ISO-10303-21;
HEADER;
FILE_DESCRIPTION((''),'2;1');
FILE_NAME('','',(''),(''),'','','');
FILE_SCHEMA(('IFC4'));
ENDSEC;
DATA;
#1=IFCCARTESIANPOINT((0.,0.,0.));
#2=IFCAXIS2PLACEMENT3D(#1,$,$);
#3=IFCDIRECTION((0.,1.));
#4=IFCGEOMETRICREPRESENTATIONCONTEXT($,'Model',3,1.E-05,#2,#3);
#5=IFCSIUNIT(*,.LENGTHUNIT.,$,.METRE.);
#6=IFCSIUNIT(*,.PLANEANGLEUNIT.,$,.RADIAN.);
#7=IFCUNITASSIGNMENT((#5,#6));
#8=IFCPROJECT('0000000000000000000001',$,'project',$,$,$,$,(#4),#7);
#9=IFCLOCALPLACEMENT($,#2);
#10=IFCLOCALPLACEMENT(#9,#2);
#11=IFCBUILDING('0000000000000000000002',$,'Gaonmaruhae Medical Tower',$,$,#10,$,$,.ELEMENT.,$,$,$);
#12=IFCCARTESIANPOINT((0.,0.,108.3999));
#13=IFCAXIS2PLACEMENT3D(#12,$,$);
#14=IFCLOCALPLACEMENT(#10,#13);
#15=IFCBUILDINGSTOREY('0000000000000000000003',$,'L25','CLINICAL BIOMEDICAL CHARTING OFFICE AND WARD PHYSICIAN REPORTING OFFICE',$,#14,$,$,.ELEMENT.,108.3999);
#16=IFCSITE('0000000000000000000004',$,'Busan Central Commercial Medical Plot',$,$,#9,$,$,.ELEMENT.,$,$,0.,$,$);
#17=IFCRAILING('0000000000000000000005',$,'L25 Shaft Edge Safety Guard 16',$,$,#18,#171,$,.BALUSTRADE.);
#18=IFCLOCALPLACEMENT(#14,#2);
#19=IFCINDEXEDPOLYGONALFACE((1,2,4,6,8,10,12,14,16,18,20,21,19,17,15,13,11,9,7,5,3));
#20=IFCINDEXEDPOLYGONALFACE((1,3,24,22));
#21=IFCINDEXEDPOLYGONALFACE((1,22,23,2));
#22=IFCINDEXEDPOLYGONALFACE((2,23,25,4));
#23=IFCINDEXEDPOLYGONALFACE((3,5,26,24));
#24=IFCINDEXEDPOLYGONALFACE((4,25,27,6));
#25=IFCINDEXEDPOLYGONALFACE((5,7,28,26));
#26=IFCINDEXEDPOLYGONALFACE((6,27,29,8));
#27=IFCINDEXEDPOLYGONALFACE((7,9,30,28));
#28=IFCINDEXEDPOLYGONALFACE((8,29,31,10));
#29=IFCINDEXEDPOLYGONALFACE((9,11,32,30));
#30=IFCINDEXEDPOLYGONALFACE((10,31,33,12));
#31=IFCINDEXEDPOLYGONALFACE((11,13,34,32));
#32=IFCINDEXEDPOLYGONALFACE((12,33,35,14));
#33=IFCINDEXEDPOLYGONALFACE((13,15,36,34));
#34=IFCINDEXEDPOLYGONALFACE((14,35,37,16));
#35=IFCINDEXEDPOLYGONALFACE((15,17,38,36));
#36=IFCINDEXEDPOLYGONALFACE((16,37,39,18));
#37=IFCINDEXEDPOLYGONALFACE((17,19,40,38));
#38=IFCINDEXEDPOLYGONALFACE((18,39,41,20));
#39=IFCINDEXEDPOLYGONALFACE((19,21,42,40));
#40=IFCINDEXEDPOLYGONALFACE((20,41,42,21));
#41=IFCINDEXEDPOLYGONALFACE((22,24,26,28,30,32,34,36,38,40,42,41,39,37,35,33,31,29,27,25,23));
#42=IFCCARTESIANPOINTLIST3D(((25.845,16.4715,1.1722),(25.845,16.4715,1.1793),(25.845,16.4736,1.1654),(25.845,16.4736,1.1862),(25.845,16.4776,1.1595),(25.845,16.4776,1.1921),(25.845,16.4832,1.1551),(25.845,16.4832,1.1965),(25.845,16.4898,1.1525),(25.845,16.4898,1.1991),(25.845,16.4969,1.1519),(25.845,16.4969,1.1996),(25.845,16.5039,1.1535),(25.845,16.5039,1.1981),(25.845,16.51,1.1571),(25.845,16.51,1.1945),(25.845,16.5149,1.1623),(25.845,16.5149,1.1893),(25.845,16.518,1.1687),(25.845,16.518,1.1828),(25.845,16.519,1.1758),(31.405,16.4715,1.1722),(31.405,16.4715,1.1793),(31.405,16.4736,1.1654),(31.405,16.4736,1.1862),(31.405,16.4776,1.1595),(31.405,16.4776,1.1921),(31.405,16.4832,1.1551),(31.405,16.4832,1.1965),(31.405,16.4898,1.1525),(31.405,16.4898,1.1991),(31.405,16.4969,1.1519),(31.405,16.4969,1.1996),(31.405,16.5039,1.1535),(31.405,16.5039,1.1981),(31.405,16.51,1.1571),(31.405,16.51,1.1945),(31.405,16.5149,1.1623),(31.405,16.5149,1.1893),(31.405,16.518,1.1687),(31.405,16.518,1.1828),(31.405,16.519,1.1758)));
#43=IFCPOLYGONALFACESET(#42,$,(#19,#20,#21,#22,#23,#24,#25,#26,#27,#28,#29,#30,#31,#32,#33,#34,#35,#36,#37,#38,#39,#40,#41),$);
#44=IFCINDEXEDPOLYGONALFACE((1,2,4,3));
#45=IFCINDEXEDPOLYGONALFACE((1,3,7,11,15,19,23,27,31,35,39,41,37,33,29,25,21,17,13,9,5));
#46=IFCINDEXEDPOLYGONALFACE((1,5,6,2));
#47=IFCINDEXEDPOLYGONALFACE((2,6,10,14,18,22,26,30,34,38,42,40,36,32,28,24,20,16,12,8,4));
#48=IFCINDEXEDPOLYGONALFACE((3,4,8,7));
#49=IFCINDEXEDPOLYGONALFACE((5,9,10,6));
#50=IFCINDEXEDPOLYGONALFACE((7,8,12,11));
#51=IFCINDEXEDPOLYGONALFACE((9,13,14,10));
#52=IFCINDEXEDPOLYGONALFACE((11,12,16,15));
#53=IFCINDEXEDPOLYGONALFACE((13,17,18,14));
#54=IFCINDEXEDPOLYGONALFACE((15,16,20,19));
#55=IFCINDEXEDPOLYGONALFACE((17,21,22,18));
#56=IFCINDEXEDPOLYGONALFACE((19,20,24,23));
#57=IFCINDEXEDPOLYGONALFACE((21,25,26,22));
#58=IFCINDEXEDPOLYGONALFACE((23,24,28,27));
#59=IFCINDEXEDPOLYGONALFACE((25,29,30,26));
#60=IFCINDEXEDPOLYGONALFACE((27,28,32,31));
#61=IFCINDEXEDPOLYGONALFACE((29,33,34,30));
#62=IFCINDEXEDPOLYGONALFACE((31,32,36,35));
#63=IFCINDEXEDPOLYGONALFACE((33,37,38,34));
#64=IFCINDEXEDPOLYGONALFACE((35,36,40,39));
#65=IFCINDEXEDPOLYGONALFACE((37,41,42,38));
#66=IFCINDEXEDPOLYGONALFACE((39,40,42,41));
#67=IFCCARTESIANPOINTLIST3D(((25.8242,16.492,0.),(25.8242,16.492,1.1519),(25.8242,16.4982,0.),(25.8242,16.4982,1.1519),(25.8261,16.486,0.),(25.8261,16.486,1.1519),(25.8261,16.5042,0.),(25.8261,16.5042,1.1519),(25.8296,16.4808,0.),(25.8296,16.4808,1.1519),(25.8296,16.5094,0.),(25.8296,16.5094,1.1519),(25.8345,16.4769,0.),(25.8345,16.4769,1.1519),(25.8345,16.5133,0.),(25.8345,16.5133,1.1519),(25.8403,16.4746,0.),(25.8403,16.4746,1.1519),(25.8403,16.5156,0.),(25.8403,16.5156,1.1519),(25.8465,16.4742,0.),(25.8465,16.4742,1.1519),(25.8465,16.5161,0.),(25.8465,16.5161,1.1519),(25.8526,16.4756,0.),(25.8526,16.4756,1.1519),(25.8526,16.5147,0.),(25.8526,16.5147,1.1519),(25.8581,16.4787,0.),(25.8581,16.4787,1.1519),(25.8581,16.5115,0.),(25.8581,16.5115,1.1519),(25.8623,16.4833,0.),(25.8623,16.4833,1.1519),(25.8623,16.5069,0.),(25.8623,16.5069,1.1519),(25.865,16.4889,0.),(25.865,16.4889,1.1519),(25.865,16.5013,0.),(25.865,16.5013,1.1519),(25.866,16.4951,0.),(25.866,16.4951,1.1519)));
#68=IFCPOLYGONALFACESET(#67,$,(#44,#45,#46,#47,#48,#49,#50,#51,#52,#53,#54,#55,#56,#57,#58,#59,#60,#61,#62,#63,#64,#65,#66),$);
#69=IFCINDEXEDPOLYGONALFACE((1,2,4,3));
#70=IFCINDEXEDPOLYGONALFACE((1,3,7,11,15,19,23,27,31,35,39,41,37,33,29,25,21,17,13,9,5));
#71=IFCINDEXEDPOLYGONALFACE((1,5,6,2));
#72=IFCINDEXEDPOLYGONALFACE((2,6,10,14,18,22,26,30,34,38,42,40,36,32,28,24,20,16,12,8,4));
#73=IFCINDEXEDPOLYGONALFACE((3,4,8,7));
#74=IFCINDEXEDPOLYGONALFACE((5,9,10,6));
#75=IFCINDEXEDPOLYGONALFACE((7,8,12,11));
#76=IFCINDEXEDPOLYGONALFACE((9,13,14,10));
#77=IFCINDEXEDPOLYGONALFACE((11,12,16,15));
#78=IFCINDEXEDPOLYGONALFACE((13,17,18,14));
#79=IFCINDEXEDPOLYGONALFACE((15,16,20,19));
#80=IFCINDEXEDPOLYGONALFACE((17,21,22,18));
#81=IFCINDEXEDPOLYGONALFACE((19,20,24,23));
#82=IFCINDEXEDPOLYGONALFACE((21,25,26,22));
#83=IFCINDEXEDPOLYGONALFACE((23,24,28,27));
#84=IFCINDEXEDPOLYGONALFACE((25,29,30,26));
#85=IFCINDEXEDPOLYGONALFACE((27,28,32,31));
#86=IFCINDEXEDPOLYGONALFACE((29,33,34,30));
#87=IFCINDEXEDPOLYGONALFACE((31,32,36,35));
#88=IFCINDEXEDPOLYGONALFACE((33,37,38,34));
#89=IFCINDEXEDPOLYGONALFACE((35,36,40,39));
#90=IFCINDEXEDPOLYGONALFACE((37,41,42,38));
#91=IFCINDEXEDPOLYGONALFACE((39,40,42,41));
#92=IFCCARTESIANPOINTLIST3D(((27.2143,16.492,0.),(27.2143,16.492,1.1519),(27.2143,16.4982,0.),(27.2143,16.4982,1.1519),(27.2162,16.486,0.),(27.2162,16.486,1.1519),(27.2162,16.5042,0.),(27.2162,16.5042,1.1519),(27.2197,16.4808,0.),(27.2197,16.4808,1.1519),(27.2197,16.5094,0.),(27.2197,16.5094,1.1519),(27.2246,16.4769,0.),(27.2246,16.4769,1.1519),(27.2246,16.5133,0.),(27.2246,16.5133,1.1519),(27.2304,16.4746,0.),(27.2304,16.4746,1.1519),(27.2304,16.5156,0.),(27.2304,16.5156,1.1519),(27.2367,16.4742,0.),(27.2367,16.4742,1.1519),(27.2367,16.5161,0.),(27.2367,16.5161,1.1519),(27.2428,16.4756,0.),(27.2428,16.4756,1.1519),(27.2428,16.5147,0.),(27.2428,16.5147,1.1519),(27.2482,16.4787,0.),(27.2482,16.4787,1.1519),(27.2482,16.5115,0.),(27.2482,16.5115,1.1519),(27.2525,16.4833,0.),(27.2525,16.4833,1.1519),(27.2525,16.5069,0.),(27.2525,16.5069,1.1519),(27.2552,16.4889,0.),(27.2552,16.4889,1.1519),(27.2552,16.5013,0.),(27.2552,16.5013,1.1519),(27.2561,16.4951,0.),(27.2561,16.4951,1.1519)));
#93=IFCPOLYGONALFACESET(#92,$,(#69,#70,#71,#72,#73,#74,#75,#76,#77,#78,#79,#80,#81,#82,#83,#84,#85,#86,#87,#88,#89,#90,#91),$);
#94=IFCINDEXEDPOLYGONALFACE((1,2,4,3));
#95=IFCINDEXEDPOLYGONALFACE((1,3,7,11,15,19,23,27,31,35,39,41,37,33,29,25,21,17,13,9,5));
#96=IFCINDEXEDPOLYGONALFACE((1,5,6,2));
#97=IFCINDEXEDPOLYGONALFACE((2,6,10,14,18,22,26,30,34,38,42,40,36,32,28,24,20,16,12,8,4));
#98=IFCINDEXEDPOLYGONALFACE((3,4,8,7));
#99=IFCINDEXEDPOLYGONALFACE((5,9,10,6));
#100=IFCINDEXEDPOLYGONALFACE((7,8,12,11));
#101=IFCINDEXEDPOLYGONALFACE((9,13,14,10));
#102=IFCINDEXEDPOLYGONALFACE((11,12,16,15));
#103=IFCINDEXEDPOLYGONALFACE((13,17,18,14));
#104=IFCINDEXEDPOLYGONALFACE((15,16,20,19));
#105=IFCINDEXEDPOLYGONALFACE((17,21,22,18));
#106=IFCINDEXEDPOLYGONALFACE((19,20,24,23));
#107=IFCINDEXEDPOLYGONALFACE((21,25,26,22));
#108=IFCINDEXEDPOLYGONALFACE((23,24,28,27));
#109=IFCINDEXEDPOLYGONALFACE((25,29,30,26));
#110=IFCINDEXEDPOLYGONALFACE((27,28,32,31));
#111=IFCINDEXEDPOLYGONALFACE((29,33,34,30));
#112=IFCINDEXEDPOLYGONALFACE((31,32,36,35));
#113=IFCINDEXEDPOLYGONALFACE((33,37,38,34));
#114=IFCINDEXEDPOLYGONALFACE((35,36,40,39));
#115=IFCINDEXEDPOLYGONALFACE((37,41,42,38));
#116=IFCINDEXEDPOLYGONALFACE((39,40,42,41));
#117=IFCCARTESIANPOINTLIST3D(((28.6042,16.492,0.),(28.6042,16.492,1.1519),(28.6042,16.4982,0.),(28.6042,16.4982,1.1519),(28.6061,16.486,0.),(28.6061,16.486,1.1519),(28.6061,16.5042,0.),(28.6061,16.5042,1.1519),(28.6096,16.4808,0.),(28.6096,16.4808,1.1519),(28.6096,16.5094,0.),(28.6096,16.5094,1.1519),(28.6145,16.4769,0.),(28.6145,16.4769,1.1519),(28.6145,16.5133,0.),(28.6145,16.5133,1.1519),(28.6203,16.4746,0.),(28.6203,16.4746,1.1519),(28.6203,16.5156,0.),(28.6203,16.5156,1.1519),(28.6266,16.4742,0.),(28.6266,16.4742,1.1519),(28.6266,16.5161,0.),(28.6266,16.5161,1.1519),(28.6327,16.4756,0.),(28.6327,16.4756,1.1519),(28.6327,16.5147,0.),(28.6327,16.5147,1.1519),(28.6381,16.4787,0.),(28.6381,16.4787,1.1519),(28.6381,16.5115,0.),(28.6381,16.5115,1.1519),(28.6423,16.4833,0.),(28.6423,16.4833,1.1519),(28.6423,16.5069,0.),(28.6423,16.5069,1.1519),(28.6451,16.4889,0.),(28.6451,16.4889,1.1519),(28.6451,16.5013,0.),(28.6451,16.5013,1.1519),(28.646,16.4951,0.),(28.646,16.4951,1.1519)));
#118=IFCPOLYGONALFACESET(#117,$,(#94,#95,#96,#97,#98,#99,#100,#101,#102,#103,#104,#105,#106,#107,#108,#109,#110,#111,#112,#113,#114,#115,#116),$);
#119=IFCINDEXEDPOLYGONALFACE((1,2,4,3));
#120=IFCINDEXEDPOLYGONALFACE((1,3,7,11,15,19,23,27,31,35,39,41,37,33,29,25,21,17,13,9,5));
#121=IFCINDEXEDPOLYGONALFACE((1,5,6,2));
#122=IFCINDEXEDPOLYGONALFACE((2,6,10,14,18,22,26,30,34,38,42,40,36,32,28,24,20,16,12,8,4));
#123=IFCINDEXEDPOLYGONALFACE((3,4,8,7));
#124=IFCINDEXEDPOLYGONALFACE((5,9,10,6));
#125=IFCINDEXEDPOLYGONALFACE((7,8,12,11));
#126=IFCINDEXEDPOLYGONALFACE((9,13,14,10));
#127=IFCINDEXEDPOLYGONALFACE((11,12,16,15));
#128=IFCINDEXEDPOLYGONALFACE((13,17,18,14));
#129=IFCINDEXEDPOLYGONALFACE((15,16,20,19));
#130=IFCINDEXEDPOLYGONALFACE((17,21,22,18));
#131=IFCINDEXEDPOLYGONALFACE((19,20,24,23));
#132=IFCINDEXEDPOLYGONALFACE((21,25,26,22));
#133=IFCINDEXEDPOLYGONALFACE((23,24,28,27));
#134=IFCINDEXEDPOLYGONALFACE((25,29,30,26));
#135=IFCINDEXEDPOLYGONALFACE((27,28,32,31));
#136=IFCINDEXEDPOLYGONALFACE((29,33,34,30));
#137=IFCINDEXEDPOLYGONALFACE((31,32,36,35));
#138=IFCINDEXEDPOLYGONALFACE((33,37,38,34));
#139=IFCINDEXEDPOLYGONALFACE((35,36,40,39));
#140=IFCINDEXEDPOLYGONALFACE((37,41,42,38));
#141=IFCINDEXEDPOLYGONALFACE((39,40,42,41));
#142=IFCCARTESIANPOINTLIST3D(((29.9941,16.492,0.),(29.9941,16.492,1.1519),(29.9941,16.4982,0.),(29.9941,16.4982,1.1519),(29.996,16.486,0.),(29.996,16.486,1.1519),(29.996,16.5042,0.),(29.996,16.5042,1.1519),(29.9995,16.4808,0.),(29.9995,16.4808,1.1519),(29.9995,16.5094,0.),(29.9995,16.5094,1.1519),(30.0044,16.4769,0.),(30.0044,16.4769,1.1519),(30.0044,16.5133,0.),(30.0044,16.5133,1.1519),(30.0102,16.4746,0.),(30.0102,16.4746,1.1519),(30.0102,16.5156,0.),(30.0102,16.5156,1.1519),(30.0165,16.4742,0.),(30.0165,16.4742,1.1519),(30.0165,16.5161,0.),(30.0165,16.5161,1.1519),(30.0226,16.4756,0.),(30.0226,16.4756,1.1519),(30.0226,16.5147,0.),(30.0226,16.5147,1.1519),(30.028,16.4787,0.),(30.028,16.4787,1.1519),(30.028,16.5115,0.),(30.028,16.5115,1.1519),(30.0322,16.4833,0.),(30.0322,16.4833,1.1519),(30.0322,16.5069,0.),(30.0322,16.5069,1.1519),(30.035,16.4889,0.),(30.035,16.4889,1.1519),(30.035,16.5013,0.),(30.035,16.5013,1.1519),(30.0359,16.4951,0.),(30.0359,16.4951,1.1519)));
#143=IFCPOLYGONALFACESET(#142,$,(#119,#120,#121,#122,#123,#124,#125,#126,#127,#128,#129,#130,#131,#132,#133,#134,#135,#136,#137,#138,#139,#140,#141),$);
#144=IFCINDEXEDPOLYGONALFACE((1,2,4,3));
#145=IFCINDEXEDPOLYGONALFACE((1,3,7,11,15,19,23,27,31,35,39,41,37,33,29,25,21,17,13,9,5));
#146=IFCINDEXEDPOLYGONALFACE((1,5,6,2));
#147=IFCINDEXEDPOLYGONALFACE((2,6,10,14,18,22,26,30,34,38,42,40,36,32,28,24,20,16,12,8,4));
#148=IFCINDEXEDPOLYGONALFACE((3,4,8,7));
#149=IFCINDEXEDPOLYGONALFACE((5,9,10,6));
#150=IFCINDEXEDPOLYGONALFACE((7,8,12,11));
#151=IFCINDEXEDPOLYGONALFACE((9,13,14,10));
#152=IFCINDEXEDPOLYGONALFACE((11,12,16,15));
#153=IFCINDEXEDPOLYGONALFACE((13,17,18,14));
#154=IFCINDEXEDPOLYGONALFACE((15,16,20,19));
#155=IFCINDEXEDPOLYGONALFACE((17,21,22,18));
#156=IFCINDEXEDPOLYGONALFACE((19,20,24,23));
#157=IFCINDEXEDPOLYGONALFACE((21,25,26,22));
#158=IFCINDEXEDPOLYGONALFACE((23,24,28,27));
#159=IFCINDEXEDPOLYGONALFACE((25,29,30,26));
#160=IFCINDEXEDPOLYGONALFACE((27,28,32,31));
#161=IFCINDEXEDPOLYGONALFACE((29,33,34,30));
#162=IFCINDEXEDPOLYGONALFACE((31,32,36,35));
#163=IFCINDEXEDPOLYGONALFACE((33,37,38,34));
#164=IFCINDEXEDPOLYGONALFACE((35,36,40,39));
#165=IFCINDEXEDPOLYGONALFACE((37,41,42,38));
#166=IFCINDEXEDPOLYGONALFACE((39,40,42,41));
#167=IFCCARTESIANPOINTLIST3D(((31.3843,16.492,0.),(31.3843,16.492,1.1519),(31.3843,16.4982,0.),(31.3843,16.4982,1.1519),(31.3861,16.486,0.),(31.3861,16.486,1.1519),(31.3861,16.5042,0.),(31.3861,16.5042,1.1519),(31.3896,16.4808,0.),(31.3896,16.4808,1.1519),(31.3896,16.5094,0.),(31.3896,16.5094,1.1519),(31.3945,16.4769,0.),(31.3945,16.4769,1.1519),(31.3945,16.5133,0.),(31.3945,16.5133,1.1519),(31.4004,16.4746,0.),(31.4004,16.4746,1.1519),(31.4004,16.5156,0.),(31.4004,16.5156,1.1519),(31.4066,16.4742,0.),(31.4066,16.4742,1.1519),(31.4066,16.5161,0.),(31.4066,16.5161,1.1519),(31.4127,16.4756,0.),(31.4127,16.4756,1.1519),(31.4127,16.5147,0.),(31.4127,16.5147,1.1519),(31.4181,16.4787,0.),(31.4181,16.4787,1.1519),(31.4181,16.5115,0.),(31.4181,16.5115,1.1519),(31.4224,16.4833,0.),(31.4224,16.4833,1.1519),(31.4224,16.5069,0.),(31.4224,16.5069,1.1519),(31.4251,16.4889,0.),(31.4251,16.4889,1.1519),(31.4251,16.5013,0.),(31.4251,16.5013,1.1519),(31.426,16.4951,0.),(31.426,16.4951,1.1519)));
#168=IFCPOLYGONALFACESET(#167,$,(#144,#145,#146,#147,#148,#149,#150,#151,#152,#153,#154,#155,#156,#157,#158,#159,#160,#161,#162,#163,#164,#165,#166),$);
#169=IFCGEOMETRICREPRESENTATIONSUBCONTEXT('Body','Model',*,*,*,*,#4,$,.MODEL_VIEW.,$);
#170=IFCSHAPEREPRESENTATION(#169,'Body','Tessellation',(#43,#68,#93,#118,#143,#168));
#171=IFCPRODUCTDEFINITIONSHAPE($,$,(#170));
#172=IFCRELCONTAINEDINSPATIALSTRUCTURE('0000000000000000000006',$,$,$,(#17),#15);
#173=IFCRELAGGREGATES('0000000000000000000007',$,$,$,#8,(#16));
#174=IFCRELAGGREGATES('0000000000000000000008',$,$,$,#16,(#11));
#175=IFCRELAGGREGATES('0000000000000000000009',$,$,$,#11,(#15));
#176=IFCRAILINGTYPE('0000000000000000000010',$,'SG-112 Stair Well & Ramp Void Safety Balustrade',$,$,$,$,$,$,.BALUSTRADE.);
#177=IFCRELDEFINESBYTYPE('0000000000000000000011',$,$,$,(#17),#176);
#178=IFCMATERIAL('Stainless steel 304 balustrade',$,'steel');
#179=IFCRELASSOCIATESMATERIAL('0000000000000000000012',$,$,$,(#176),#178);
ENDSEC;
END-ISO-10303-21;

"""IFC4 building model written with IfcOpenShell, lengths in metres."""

from ifc_helpers import new_model, si_unit, direction, frame, origin, origin_2d, place, context, subcontext, project, spatial, circle, extrude, material, type_object, element, save


model = new_model("IFC4")

# Units and contexts
model_context = context("Model", 3, precision=1e-05, world=origin(), true_north=direction((0.0, 1.0)))
body_context = subcontext(model_context, "Body", "Model", "MODEL_VIEW")
ifc_project = project(units=[si_unit("LENGTHUNIT", "METRE"), si_unit("PLANEANGLEUNIT", "RADIAN")], contexts=[model_context])

# Site, building, storey
site_placement = place(None, origin())
site = spatial("IfcSite", under=ifc_project, at=site_placement, Name="Busan Central Commercial Medical Plot", CompositionType="ELEMENT", RefElevation=0.0)
building_placement = place(site_placement, origin())
building = spatial("IfcBuilding", under=site, at=building_placement, Name="Gaonmaruhae Medical Tower", CompositionType="ELEMENT")
storey_placement = place(building_placement, frame((0.0, 0.0, 108.3999)))
storey = spatial("IfcBuildingStorey", under=building, at=storey_placement, Name="L25", Description="CLINICAL BIOMEDICAL CHARTING OFFICE AND WARD PHYSICIAN REPORTING OFFICE", CompositionType="ELEMENT", Elevation=108.3999)

# Railing
ifc_material_1 = material(Name="Stainless steel 304 balustrade", Category="steel")
railing_type = type_object("IfcRailingType", Name="SG-112 Stair Well & Ramp Void Safety Balustrade", PredefinedType="BALUSTRADE", material=ifc_material_1)
railing_1_placement = place(storey_placement, frame((25.845, 16.4951, 0.0)))
element("IfcRailing", 1, at=railing_1_placement, inside=storey, type_object=railing_type, Name="L25 Shaft Edge Safety Guard 16", PredefinedType="BALUSTRADE", context=body_context, shape_type="SweptSolid", body=[
    extrude(circle(Radius=0.0239, at=origin_2d()), frame((0.0, 0.0, 1.1758), z_axis=(1.0, 0.0, 0.0), x_axis=(0.0, 1.0, 0.0)), (0.0, 0.0, 1.0), 5.5601),
    extrude(circle(Radius=0.021, at=origin_2d()), origin(), (0.0, 0.0, 1.0), 1.1519),
    extrude(circle(Radius=0.021, at=origin_2d()), frame((1.3901, 0.0, 0.0)), (0.0, 0.0, 1.0), 1.1519),
    extrude(circle(Radius=0.021, at=origin_2d()), frame((2.78, 0.0, 0.0)), (0.0, 0.0, 1.0), 1.1519),
    extrude(circle(Radius=0.021, at=origin_2d()), frame((4.1699, 0.0, 0.0)), (0.0, 0.0, 1.0), 1.1519),
    extrude(circle(Radius=0.021, at=origin_2d()), frame((5.5601, 0.0, 0.0)), (0.0, 0.0, 1.0), 1.1519),
])

save(model, "model.ifc")
